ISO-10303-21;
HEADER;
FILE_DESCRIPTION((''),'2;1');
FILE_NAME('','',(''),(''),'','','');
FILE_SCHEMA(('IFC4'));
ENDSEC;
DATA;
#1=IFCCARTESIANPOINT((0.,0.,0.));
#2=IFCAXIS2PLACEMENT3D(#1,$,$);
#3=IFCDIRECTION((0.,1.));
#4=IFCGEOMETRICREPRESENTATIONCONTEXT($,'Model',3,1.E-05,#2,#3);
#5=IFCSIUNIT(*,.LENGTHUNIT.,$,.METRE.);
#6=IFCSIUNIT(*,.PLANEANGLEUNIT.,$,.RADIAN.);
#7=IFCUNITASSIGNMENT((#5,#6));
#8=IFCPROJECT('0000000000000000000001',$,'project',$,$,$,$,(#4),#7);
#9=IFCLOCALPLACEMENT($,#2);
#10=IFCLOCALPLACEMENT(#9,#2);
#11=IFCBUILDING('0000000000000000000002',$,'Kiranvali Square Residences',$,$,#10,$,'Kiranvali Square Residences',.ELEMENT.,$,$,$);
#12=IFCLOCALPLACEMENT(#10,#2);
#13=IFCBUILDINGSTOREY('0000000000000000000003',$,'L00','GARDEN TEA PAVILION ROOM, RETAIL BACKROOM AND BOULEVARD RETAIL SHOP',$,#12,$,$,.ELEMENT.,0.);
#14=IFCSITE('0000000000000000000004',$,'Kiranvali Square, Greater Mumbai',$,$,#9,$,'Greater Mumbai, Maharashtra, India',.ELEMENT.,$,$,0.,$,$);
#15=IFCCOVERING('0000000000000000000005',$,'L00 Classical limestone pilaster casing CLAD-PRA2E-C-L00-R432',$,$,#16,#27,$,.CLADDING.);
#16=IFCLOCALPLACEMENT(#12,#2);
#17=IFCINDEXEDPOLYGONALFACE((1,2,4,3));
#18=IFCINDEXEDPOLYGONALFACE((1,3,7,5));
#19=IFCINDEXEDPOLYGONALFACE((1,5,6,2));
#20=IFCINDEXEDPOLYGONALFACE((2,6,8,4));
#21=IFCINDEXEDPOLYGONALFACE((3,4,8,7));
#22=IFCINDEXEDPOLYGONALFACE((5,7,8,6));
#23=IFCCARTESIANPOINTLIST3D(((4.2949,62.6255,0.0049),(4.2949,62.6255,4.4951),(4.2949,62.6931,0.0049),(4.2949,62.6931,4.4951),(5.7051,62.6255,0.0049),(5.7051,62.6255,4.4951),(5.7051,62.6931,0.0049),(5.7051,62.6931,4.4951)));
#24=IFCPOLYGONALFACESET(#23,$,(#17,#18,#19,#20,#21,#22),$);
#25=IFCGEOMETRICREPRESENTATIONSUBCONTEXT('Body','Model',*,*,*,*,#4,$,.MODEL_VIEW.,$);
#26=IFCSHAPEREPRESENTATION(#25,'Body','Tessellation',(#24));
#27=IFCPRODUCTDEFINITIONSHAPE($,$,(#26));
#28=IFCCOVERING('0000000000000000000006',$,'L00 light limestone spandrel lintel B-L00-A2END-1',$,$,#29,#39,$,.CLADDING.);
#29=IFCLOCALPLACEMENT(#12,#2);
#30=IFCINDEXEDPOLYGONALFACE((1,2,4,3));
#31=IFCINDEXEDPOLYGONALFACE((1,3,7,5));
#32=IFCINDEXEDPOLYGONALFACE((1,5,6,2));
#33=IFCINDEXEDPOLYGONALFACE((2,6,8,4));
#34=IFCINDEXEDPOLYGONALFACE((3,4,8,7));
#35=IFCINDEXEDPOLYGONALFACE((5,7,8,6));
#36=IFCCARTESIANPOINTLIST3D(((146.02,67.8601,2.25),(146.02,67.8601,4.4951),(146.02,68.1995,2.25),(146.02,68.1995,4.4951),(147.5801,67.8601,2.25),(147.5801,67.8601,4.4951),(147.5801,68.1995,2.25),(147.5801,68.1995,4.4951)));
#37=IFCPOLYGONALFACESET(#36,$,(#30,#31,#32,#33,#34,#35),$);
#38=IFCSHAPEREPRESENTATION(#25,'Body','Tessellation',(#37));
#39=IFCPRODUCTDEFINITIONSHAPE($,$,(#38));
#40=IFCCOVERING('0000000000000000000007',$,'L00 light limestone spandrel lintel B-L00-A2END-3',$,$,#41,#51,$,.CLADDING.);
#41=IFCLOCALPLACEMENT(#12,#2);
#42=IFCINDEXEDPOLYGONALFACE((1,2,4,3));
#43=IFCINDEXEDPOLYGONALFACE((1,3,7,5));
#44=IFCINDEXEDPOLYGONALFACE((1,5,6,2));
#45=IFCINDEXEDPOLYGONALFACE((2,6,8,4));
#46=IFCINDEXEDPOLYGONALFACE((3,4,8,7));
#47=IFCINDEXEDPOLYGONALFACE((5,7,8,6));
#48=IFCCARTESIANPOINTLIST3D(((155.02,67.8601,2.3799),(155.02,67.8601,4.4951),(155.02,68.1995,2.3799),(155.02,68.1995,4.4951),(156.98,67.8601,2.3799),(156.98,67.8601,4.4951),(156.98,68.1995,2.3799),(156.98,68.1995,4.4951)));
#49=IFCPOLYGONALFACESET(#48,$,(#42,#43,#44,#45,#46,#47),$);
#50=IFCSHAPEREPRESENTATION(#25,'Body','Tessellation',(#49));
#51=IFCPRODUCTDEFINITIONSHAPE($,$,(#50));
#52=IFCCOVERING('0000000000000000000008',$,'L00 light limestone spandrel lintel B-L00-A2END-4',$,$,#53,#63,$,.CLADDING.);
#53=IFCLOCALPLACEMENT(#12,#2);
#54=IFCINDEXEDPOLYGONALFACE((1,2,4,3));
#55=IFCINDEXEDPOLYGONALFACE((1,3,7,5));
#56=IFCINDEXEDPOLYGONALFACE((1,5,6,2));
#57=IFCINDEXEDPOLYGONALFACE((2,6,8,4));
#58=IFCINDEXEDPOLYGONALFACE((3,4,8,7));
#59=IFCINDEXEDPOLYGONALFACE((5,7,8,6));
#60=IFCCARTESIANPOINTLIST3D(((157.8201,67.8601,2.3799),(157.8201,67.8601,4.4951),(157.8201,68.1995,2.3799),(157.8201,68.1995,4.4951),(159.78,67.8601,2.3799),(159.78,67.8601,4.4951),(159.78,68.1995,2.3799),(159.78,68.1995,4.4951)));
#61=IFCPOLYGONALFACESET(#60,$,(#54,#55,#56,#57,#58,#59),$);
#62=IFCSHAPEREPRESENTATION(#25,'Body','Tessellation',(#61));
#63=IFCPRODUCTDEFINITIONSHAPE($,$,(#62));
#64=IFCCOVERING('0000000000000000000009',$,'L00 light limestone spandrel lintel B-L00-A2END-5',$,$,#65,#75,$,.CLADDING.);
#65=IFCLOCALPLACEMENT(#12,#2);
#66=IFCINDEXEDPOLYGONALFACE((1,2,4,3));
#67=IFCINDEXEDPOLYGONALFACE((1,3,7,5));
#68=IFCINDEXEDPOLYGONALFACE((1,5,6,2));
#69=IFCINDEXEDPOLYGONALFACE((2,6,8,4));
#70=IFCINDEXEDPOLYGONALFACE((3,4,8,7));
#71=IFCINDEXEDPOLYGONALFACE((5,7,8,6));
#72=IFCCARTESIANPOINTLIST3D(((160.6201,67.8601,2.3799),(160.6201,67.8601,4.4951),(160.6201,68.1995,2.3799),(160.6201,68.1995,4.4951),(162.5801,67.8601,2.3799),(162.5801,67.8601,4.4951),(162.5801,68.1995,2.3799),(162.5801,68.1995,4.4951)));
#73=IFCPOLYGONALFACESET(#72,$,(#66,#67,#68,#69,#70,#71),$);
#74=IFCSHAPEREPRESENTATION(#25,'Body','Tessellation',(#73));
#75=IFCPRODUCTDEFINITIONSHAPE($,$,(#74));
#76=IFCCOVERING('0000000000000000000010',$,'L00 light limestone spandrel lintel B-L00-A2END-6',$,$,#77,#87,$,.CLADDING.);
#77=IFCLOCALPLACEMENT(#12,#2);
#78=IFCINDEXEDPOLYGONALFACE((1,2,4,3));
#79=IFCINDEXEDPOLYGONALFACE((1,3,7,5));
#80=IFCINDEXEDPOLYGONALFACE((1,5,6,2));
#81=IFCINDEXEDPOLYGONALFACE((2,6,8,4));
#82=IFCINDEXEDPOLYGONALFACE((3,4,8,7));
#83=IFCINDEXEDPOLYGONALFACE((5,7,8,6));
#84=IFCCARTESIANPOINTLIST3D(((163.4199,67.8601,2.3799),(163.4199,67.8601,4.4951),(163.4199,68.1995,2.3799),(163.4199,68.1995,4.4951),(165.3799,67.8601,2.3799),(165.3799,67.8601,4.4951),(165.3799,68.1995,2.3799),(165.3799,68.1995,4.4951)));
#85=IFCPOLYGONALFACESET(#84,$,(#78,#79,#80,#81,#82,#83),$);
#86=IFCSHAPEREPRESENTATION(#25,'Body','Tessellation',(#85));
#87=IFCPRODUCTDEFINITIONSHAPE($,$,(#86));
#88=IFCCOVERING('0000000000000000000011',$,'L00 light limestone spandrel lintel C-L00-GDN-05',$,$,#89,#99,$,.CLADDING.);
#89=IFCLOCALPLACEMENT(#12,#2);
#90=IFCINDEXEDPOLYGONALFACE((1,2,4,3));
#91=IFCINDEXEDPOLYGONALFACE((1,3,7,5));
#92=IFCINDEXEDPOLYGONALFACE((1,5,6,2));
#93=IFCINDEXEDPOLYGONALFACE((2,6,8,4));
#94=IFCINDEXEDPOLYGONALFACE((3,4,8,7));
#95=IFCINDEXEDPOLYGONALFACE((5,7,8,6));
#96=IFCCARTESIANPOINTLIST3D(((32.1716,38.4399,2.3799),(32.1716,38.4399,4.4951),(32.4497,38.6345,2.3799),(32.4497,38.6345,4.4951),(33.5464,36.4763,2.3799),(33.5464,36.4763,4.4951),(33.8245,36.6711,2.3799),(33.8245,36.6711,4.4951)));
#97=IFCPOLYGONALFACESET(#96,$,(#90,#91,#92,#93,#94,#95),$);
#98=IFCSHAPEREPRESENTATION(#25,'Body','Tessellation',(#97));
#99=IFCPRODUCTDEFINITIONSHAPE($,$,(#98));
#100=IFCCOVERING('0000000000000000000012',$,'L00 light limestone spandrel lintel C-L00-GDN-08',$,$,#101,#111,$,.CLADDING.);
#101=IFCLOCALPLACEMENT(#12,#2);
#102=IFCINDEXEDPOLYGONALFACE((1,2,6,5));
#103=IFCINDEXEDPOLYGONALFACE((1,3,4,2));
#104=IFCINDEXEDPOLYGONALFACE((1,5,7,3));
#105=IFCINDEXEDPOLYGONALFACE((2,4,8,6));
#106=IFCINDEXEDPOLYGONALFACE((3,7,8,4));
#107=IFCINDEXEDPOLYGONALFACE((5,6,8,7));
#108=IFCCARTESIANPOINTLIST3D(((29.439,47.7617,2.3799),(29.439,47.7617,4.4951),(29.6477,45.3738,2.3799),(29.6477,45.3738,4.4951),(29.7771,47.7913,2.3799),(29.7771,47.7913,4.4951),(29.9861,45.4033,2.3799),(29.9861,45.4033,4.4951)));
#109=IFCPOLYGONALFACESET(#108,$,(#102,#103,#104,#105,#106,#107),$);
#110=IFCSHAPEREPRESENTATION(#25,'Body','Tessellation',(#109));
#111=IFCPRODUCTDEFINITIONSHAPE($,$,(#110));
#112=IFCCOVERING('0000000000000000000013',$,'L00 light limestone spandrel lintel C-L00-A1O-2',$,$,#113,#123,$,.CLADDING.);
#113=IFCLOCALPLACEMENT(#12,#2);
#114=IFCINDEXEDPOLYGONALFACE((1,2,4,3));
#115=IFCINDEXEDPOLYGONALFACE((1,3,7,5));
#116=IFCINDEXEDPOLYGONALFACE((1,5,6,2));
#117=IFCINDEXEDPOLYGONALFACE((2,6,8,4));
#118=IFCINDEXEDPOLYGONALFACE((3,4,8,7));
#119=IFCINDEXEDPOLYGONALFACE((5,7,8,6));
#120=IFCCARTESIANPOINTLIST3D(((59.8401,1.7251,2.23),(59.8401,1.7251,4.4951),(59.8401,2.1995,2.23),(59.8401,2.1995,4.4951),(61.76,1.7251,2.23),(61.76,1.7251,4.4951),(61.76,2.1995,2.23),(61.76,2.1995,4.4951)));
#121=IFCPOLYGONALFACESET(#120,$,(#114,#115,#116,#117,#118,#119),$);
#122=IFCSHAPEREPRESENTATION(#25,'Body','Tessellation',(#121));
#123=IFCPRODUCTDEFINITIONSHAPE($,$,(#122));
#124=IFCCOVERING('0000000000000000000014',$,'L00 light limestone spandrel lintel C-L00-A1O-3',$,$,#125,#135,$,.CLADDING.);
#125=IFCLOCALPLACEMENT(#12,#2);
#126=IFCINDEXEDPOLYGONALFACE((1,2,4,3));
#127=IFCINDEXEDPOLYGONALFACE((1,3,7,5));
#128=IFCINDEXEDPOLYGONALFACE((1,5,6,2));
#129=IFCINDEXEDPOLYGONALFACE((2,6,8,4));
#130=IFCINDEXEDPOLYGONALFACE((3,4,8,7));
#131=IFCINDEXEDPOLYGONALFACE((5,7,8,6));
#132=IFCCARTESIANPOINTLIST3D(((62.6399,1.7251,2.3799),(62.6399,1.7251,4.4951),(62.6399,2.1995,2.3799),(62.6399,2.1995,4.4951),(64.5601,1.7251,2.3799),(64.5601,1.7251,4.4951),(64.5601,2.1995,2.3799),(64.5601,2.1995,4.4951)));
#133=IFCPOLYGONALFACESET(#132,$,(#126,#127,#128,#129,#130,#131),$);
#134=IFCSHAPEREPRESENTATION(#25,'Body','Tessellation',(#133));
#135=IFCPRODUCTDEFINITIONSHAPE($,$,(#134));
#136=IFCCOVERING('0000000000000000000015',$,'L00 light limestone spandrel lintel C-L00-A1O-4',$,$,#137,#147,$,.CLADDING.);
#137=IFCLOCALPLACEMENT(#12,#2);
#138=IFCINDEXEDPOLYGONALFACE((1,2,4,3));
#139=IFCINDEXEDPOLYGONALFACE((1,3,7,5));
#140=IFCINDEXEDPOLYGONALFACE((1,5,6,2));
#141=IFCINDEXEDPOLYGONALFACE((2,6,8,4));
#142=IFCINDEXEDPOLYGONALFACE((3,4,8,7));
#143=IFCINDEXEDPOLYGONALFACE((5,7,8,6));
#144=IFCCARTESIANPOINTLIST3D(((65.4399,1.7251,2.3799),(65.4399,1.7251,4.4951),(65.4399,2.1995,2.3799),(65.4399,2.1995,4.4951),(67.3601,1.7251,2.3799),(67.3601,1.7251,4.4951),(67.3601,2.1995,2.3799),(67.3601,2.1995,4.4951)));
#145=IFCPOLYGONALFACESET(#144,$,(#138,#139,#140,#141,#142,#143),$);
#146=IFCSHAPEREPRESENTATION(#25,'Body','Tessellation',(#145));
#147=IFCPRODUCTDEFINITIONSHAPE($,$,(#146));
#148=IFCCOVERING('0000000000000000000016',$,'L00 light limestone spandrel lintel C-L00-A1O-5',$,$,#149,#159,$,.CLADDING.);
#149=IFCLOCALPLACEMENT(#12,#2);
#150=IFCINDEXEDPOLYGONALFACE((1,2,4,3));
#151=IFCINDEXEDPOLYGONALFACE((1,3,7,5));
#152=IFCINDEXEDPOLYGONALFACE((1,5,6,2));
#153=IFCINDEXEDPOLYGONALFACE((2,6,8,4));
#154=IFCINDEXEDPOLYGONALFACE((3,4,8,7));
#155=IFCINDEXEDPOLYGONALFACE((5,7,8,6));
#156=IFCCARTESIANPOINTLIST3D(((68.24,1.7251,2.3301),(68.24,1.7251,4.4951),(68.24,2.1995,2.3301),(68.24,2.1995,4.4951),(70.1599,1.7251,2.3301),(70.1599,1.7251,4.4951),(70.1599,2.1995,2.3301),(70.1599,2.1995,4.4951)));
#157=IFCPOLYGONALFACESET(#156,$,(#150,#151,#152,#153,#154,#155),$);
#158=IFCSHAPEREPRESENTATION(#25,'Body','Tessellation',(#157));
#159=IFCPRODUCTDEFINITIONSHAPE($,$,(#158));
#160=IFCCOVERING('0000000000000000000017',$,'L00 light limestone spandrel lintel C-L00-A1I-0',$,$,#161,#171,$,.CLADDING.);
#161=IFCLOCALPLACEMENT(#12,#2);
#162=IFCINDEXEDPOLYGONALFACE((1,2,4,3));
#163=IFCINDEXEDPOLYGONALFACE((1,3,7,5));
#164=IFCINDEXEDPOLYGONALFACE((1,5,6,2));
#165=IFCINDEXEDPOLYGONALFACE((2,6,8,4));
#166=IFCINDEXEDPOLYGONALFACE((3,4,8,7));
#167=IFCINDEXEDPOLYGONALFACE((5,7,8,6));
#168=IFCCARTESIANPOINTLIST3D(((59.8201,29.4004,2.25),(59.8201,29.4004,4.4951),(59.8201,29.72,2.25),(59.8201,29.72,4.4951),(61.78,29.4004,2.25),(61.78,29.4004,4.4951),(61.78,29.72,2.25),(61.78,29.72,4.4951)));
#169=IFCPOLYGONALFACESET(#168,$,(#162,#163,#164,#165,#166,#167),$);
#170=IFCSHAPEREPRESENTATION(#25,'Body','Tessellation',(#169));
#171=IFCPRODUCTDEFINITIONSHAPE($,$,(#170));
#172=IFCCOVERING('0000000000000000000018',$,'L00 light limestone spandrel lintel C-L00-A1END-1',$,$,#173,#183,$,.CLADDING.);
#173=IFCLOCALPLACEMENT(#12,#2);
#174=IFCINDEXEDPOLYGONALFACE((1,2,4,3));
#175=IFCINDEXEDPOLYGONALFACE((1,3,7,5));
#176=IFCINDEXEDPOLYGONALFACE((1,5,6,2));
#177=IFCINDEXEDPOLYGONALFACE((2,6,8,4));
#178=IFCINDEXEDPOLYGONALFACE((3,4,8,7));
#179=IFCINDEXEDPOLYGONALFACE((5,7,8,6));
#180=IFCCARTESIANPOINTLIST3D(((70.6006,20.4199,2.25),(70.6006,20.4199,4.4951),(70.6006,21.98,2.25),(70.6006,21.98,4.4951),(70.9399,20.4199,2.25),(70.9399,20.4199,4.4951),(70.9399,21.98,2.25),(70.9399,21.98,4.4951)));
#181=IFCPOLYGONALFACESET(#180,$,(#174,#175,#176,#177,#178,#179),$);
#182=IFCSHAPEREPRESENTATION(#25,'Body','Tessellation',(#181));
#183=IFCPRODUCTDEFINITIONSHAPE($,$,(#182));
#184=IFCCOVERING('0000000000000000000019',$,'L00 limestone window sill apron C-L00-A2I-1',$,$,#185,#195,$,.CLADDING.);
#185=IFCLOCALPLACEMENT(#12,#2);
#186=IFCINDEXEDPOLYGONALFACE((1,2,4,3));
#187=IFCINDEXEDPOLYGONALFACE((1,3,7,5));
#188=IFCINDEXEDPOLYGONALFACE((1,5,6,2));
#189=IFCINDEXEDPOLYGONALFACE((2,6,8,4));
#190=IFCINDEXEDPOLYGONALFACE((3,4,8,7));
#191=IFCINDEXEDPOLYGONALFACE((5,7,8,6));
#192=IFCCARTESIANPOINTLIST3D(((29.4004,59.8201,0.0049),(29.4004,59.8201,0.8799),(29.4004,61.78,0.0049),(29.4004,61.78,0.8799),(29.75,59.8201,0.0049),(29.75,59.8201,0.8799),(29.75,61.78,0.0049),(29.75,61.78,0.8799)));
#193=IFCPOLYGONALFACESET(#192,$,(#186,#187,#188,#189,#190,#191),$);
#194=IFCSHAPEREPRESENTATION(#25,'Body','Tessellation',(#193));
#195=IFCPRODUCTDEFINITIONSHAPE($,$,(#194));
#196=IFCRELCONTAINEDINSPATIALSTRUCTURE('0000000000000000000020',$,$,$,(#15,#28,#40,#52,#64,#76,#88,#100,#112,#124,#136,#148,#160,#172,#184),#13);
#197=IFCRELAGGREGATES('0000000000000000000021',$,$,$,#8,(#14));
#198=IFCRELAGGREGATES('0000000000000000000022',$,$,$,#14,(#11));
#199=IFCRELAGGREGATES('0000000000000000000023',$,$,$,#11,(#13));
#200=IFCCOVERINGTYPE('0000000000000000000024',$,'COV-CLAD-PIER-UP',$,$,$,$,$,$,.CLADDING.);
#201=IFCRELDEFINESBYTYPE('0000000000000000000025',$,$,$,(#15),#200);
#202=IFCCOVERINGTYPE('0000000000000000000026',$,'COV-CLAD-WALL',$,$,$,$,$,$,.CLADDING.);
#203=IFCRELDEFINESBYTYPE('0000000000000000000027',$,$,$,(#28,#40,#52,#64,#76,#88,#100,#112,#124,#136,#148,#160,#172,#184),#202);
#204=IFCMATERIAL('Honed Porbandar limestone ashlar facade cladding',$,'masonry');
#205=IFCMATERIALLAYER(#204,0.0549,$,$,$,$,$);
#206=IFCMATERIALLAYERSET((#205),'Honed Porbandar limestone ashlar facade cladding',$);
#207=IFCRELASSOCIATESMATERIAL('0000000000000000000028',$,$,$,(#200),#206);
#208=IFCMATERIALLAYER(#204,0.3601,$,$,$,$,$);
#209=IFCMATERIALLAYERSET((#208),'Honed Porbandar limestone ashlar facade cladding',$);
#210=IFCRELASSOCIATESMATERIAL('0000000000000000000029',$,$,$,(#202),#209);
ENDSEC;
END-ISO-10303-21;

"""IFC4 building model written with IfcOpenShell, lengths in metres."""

from ifc_helpers import new_model, si_unit, direction, frame, origin, place, context, subcontext, project, spatial, polyline, outline, extrude, material, layer, layer_set, type_object, element, save


model = new_model("IFC4")

# Units and contexts
model_context = context("Model", 3, precision=1e-05, world=origin(), true_north=direction((0.0, 1.0)))
body_context = subcontext(model_context, "Body", "Model", "MODEL_VIEW")
ifc_project = project(units=[si_unit("LENGTHUNIT", "METRE"), si_unit("PLANEANGLEUNIT", "RADIAN")], contexts=[model_context])

# Site, building, storey
site_placement = place(None, origin())
site = spatial("IfcSite", under=ifc_project, at=site_placement, Name="Kiranvali Square, Greater Mumbai", LongName="Greater Mumbai, Maharashtra, India", CompositionType="ELEMENT", RefElevation=0.0)
building_placement = place(site_placement, origin())
building = spatial("IfcBuilding", under=site, at=building_placement, Name="Kiranvali Square Residences", LongName="Kiranvali Square Residences", CompositionType="ELEMENT")
storey_placement = place(building_placement, origin())
storey = spatial("IfcBuildingStorey", under=building, at=storey_placement, Name="L00", Description="GARDEN TEA PAVILION ROOM, RETAIL BACKROOM AND BOULEVARD RETAIL SHOP", CompositionType="ELEMENT", Elevation=0.0)

# Coverings
ifc_material = material(Name="Honed Porbandar limestone ashlar facade cladding", Category="masonry")
ifc_layer_1 = layer(ifc_material, 0.0549)
ifc_layer_set_1 = layer_set([ifc_layer_1], Name="Honed Porbandar limestone ashlar facade cladding")
covering_type_1 = type_object("IfcCoveringType", Name="COV-CLAD-PIER-UP", PredefinedType="CLADDING", material=ifc_layer_set_1)
covering_1_placement = place(storey_placement, frame((0.0, 0.0, 0.0049)))
element("IfcCovering", 1, at=covering_1_placement, inside=storey, type_object=covering_type_1, Name="L00 Classical limestone pilaster casing CLAD-PRA2E-C-L00-R432", PredefinedType="CLADDING", context=body_context, shape_type="SweptSolid", body=[
    extrude(outline(polyline([(5.7051, 62.6931), (4.2949, 62.6931), (4.2949, 62.6255), (5.7051, 62.6255), (5.7051, 62.6931)])), origin(), (0.0, 0.0, 1.0), 4.4902),
])
ifc_layer_2 = layer(ifc_material, 0.3601)
ifc_layer_set_2 = layer_set([ifc_layer_2], Name="Honed Porbandar limestone ashlar facade cladding")
covering_type_2 = type_object("IfcCoveringType", Name="COV-CLAD-WALL", PredefinedType="CLADDING", material=ifc_layer_set_2)
covering_2_placement = place(storey_placement, frame((0.0, 0.0, 2.25)))
element("IfcCovering", 2, at=covering_2_placement, inside=storey, type_object=covering_type_2, Name="L00 light limestone spandrel lintel B-L00-A2END-1", PredefinedType="CLADDING", context=body_context, shape_type="SweptSolid", body=[
    extrude(outline(polyline([(146.02, 67.8601), (147.5801, 67.8601), (147.5801, 68.1995), (146.02, 68.1995), (146.02, 67.8601)])), origin(), (0.0, 0.0, 1.0), 2.2451),
])
covering_3_placement = place(storey_placement, frame((0.0, 0.0, 2.3799)))
element("IfcCovering", 3, at=covering_3_placement, inside=storey, type_object=covering_type_2, Name="L00 light limestone spandrel lintel B-L00-A2END-3", PredefinedType="CLADDING", context=body_context, shape_type="SweptSolid", body=[
    extrude(outline(polyline([(155.02, 67.8601), (156.98, 67.8601), (156.98, 68.1995), (155.02, 68.1995), (155.02, 67.8601)])), origin(), (0.0, 0.0, 1.0), 2.1152),
])
covering_4_placement = place(storey_placement, frame((0.0, 0.0, 2.3799)))
element("IfcCovering", 4, at=covering_4_placement, inside=storey, type_object=covering_type_2, Name="L00 light limestone spandrel lintel B-L00-A2END-4", PredefinedType="CLADDING", context=body_context, shape_type="SweptSolid", body=[
    extrude(outline(polyline([(157.8201, 67.8601), (159.78, 67.8601), (159.78, 68.1995), (157.8201, 68.1995), (157.8201, 67.8601)])), origin(), (0.0, 0.0, 1.0), 2.1152),
])
covering_5_placement = place(storey_placement, frame((0.0, 0.0, 2.3799)))
element("IfcCovering", 5, at=covering_5_placement, inside=storey, type_object=covering_type_2, Name="L00 light limestone spandrel lintel B-L00-A2END-5", PredefinedType="CLADDING", context=body_context, shape_type="SweptSolid", body=[
    extrude(outline(polyline([(160.6201, 67.8601), (162.5801, 67.8601), (162.5801, 68.1995), (160.6201, 68.1995), (160.6201, 67.8601)])), origin(), (0.0, 0.0, 1.0), 2.1152),
])
covering_6_placement = place(storey_placement, frame((0.0, 0.0, 2.3799)))
element("IfcCovering", 6, at=covering_6_placement, inside=storey, type_object=covering_type_2, Name="L00 light limestone spandrel lintel B-L00-A2END-6", PredefinedType="CLADDING", context=body_context, shape_type="SweptSolid", body=[
    extrude(outline(polyline([(163.4199, 67.8601), (165.3799, 67.8601), (165.3799, 68.1995), (163.4199, 68.1995), (163.4199, 67.8601)])), origin(), (0.0, 0.0, 1.0), 2.1152),
])
covering_7_placement = place(storey_placement, frame((0.0, 0.0, 2.3799)))
element("IfcCovering", 7, at=covering_7_placement, inside=storey, type_object=covering_type_2, Name="L00 light limestone spandrel lintel C-L00-GDN-05", PredefinedType="CLADDING", context=body_context, shape_type="SweptSolid", body=[
    extrude(outline(polyline([(33.8245, 36.6711), (32.4497, 38.6345), (32.1716, 38.4399), (33.5464, 36.4763), (33.8245, 36.6711)])), origin(), (0.0, 0.0, 1.0), 2.1152),
])
covering_8_placement = place(storey_placement, frame((0.0, 0.0, 2.3799)))
element("IfcCovering", 8, at=covering_8_placement, inside=storey, type_object=covering_type_2, Name="L00 light limestone spandrel lintel C-L00-GDN-08", PredefinedType="CLADDING", context=body_context, shape_type="SweptSolid", body=[
    extrude(outline(polyline([(29.9861, 45.4033), (29.7771, 47.7913), (29.439, 47.7617), (29.6477, 45.3738), (29.9861, 45.4033)])), origin(), (0.0, 0.0, 1.0), 2.1152),
])
covering_9_placement = place(storey_placement, frame((0.0, 0.0, 2.23)))
element("IfcCovering", 9, at=covering_9_placement, inside=storey, type_object=covering_type_2, Name="L00 light limestone spandrel lintel C-L00-A1O-2", PredefinedType="CLADDING", context=body_context, shape_type="SweptSolid", body=[
    extrude(outline(polyline([(59.8401, 1.7251), (61.76, 1.7251), (61.76, 2.1995), (59.8401, 2.1995), (59.8401, 1.7251)])), origin(), (0.0, 0.0, 1.0), 2.2651),
])
covering_10_placement = place(storey_placement, frame((0.0, 0.0, 2.3799)))
element("IfcCovering", 10, at=covering_10_placement, inside=storey, type_object=covering_type_2, Name="L00 light limestone spandrel lintel C-L00-A1O-3", PredefinedType="CLADDING", context=body_context, shape_type="SweptSolid", body=[
    extrude(outline(polyline([(62.6399, 1.7251), (64.5601, 1.7251), (64.5601, 2.1995), (62.6399, 2.1995), (62.6399, 1.7251)])), origin(), (0.0, 0.0, 1.0), 2.1152),
])
covering_11_placement = place(storey_placement, frame((0.0, 0.0, 2.3799)))
element("IfcCovering", 11, at=covering_11_placement, inside=storey, type_object=covering_type_2, Name="L00 light limestone spandrel lintel C-L00-A1O-4", PredefinedType="CLADDING", context=body_context, shape_type="SweptSolid", body=[
    extrude(outline(polyline([(65.4399, 1.7251), (67.3601, 1.7251), (67.3601, 2.1995), (65.4399, 2.1995), (65.4399, 1.7251)])), origin(), (0.0, 0.0, 1.0), 2.1152),
])
covering_12_placement = place(storey_placement, frame((0.0, 0.0, 2.3301)))
element("IfcCovering", 12, at=covering_12_placement, inside=storey, type_object=covering_type_2, Name="L00 light limestone spandrel lintel C-L00-A1O-5", PredefinedType="CLADDING", context=body_context, shape_type="SweptSolid", body=[
    extrude(outline(polyline([(68.24, 1.7251), (70.1599, 1.7251), (70.1599, 2.1995), (68.24, 2.1995), (68.24, 1.7251)])), origin(), (0.0, 0.0, 1.0), 2.165),
])
covering_13_placement = place(storey_placement, frame((0.0, 0.0, 2.25)))
element("IfcCovering", 13, at=covering_13_placement, inside=storey, type_object=covering_type_2, Name="L00 light limestone spandrel lintel C-L00-A1I-0", PredefinedType="CLADDING", context=body_context, shape_type="SweptSolid", body=[
    extrude(outline(polyline([(59.8201, 29.4004), (61.78, 29.4004), (61.78, 29.72), (59.8201, 29.72), (59.8201, 29.4004)])), origin(), (0.0, 0.0, 1.0), 2.2451),
])
covering_14_placement = place(storey_placement, frame((0.0, 0.0, 2.25)))
element("IfcCovering", 14, at=covering_14_placement, inside=storey, type_object=covering_type_2, Name="L00 light limestone spandrel lintel C-L00-A1END-1", PredefinedType="CLADDING", context=body_context, shape_type="SweptSolid", body=[
    extrude(outline(polyline([(70.6006, 21.98), (70.6006, 20.4199), (70.9399, 20.4199), (70.9399, 21.98), (70.6006, 21.98)])), origin(), (0.0, 0.0, 1.0), 2.2451),
])
covering_15_placement = place(storey_placement, frame((0.0, 0.0, 0.0049)))
element("IfcCovering", 15, at=covering_15_placement, inside=storey, type_object=covering_type_2, Name="L00 limestone window sill apron C-L00-A2I-1", PredefinedType="CLADDING", context=body_context, shape_type="SweptSolid", body=[
    extrude(outline(polyline([(29.75, 59.8201), (29.75, 61.78), (29.4004, 61.78), (29.4004, 59.8201), (29.75, 59.8201)])), origin(), (0.0, 0.0, 1.0), 0.875),
])

save(model, "model.ifc")
